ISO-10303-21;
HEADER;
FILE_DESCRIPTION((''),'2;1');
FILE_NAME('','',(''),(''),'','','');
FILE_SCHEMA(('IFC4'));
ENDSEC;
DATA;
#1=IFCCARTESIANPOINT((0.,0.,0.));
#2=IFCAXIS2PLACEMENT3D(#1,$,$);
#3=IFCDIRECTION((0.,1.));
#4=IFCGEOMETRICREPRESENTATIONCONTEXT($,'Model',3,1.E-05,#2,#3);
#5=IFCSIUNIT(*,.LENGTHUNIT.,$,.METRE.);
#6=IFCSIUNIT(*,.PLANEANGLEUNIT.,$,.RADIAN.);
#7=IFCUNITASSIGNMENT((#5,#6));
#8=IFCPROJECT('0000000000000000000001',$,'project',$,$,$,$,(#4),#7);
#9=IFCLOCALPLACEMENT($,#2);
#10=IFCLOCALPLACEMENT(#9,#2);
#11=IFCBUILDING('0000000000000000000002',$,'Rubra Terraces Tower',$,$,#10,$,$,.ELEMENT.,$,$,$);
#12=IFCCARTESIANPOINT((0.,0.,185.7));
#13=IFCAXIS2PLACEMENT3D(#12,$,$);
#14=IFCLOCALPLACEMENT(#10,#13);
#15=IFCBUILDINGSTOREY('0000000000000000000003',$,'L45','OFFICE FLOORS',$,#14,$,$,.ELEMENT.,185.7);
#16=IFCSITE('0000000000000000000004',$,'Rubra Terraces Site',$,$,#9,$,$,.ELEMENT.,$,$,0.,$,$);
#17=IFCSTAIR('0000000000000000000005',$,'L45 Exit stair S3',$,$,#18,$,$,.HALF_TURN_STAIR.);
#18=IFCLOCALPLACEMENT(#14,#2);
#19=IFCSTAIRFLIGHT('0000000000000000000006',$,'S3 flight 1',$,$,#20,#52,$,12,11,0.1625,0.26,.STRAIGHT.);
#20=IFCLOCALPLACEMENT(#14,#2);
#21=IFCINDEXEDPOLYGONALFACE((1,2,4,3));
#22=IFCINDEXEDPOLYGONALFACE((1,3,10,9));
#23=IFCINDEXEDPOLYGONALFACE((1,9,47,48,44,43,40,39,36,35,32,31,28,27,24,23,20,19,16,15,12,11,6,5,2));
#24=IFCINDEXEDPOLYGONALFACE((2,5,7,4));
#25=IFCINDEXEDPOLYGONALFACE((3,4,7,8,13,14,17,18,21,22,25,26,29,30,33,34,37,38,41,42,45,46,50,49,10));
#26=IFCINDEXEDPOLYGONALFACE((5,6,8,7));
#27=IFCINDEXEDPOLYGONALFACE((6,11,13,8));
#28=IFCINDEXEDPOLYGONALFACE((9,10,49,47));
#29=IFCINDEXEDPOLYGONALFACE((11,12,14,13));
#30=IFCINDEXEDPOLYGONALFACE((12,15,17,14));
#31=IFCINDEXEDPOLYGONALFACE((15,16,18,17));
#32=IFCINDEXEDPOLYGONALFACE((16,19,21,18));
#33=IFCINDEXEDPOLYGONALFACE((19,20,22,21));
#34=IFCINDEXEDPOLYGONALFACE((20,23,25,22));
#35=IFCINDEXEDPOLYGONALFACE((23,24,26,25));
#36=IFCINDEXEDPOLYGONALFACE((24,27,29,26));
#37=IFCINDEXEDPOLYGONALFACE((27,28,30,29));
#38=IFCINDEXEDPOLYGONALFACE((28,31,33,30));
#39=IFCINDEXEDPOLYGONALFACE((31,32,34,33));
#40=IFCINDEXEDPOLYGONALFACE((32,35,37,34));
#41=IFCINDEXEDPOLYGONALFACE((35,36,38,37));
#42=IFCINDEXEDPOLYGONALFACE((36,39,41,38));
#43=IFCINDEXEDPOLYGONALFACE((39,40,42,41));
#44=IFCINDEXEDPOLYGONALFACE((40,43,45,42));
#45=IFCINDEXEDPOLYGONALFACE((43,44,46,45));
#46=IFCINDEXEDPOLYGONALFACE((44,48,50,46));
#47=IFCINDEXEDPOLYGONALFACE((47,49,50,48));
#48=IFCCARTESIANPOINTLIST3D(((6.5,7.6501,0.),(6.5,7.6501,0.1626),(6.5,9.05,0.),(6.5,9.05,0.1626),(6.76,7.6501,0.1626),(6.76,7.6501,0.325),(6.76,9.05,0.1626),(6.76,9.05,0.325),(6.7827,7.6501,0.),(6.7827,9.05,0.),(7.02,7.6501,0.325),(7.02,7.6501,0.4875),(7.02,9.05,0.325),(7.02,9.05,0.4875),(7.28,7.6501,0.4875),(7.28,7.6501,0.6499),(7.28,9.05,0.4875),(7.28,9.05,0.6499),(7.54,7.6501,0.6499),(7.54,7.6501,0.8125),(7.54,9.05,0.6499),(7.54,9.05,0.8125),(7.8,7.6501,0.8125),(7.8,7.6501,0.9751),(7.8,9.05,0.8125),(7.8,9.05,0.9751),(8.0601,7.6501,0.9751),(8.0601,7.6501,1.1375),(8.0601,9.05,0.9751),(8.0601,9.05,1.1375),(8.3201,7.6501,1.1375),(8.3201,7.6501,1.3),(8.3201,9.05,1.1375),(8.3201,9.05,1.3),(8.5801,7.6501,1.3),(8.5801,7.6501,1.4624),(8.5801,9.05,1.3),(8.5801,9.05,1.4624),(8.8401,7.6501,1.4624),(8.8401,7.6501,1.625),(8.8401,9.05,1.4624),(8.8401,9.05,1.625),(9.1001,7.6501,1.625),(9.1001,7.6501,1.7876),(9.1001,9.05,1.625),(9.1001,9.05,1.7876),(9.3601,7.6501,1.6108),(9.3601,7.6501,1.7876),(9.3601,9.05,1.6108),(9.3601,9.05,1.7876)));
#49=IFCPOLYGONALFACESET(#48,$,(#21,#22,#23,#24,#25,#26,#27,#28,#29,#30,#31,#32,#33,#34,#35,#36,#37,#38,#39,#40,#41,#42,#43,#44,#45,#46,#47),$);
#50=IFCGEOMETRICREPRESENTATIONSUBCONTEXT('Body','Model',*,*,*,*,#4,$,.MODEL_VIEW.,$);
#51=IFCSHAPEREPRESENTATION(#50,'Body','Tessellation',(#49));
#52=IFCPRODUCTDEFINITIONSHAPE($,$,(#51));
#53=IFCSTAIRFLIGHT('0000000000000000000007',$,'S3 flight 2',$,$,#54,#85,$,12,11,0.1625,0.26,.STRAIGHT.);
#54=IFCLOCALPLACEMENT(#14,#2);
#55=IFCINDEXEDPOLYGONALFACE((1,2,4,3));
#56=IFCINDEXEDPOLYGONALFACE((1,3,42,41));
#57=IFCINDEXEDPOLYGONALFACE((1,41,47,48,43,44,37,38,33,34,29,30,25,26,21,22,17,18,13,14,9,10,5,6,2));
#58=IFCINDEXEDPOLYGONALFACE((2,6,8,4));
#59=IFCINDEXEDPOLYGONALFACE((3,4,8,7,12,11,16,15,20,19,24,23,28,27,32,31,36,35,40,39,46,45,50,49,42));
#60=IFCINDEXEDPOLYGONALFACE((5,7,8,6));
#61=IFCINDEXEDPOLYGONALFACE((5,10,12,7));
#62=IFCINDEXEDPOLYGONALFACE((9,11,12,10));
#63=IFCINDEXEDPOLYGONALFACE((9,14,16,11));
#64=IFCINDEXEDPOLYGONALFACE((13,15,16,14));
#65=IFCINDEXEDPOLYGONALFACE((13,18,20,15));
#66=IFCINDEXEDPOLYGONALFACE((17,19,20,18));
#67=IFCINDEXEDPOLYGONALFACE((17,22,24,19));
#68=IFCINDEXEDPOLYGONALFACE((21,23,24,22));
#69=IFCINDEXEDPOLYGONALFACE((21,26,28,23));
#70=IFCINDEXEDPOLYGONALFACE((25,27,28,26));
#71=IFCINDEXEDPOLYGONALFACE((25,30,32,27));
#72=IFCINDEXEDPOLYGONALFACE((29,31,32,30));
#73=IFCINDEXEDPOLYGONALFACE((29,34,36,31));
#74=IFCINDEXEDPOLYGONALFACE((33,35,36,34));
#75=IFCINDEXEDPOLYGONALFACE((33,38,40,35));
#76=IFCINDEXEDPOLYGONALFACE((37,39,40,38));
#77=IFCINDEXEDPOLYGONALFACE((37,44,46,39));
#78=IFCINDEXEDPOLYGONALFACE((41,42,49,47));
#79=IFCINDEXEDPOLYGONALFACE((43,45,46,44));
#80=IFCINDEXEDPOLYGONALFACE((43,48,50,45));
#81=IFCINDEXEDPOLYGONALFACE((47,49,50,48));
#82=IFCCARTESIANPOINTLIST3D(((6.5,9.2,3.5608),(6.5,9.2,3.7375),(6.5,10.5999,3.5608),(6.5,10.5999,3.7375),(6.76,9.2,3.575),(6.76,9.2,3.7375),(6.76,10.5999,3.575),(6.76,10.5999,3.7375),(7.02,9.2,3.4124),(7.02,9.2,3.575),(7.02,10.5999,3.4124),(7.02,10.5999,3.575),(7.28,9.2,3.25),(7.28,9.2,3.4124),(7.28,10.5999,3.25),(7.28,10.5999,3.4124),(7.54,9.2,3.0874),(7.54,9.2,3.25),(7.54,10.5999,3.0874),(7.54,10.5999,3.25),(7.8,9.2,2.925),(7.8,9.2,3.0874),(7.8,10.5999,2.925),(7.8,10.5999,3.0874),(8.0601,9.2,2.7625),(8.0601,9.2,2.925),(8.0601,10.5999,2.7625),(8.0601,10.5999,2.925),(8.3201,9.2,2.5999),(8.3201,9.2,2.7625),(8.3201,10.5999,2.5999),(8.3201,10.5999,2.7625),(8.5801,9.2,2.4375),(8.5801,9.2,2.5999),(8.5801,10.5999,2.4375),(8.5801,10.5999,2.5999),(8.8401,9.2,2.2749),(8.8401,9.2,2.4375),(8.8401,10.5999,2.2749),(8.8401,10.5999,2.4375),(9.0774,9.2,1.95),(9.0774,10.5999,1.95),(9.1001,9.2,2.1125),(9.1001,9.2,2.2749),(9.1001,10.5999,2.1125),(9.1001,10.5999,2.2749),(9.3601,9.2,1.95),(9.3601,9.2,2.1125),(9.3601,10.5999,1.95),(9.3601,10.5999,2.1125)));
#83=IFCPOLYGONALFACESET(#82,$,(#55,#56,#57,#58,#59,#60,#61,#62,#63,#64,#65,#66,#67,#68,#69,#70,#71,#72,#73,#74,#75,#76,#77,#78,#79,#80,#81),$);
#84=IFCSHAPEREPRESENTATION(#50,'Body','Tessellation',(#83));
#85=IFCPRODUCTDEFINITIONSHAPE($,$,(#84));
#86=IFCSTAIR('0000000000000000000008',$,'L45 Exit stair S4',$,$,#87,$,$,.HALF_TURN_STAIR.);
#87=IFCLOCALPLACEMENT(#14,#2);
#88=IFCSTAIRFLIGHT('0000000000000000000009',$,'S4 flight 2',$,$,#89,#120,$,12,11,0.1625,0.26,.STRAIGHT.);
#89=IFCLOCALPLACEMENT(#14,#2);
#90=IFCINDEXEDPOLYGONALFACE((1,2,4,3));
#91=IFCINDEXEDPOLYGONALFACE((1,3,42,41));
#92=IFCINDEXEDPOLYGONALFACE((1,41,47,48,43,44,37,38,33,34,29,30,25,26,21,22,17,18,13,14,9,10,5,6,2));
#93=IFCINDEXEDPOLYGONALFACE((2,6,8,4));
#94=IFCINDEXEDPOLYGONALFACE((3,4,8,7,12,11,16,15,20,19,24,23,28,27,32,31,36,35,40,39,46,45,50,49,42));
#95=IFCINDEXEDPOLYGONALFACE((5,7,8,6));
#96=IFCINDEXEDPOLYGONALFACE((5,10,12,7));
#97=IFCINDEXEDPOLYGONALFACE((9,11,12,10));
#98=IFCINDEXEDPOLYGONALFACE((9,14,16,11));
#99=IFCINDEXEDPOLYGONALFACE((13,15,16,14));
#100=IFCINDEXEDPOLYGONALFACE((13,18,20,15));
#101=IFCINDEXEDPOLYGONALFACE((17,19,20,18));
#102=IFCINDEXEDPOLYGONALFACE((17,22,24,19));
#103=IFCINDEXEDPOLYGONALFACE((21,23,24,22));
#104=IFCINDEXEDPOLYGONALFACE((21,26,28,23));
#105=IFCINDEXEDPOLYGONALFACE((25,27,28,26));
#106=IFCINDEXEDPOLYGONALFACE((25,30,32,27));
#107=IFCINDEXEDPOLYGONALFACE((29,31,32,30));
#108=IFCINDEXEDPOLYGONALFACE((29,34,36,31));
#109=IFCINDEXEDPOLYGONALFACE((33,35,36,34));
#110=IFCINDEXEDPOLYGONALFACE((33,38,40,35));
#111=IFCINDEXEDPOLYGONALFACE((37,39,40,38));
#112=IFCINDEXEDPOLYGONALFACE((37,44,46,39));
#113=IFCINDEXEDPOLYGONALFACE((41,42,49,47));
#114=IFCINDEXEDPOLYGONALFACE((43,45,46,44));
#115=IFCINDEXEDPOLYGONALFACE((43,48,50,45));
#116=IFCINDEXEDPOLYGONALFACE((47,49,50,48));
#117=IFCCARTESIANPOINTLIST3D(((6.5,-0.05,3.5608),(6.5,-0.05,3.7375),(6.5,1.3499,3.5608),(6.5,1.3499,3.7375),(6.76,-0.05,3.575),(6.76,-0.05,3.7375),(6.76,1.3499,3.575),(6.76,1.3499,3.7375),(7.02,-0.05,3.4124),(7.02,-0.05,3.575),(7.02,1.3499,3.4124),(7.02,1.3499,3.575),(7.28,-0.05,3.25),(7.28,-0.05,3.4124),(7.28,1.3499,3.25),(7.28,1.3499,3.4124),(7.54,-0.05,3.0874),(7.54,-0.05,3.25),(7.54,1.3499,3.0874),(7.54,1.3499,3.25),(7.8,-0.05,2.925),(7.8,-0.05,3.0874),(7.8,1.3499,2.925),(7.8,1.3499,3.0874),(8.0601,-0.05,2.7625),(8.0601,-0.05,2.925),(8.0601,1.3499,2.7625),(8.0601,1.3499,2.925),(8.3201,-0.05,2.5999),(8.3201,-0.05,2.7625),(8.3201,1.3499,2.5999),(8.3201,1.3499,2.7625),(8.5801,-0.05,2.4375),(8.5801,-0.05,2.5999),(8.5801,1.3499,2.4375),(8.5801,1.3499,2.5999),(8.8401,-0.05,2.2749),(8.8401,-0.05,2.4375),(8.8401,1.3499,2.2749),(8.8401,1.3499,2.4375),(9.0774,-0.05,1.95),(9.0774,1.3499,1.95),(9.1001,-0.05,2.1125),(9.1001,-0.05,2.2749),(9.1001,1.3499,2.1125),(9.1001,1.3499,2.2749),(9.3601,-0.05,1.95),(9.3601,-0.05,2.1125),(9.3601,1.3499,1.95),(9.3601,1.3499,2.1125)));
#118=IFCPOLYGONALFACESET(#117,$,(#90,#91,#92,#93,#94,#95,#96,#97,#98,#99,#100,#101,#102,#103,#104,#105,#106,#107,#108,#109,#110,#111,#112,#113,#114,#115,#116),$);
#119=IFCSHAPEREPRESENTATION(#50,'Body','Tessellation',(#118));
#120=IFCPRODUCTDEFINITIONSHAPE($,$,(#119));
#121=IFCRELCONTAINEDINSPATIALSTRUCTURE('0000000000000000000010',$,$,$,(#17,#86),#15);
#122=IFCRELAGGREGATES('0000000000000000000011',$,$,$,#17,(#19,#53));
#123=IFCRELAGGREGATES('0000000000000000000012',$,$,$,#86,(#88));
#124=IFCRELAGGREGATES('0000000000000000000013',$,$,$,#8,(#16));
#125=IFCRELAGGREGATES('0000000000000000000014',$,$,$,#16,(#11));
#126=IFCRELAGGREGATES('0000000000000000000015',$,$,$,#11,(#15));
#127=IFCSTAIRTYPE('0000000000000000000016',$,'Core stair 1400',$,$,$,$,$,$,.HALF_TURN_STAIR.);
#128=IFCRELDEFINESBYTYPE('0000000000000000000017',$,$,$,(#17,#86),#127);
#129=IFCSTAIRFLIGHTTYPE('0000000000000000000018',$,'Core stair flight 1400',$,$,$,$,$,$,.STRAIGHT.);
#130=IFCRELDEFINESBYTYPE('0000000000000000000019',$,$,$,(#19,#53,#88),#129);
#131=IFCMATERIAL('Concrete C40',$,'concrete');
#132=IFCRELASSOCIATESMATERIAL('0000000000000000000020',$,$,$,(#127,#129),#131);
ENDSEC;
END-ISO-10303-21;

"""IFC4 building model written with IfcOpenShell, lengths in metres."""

from ifc_helpers import new_model, si_unit, direction, frame, origin, place, context, subcontext, project, spatial, polyline, outline, extrude, material, type_object, element, aggregate, save


model = new_model("IFC4")

# Units and contexts
model_context = context("Model", 3, precision=1e-05, world=origin(), true_north=direction((0.0, 1.0)))
body_context = subcontext(model_context, "Body", "Model", "MODEL_VIEW")
ifc_project = project(units=[si_unit("LENGTHUNIT", "METRE"), si_unit("PLANEANGLEUNIT", "RADIAN")], contexts=[model_context])

# Site, building, storey
site_placement = place(None, origin())
site = spatial("IfcSite", under=ifc_project, at=site_placement, Name="Rubra Terraces Site", CompositionType="ELEMENT", RefElevation=0.0)
building_placement = place(site_placement, origin())
building = spatial("IfcBuilding", under=site, at=building_placement, Name="Rubra Terraces Tower", CompositionType="ELEMENT")
storey_placement = place(building_placement, frame((0.0, 0.0, 185.7)))
storey = spatial("IfcBuildingStorey", under=building, at=storey_placement, Name="L45", Description="OFFICE FLOORS", CompositionType="ELEMENT", Elevation=185.7)

# Shared definitions
ifc_material_1 = material(Name="Concrete C40", Category="concrete")

# Stair, stair flights
stair_type = type_object("IfcStairType", Name="Core stair 1400", PredefinedType="HALF_TURN_STAIR", material=ifc_material_1)
stair_1_placement = place(storey_placement, origin())
stair_1 = element("IfcStair", 1, at=stair_1_placement, inside=storey, type_object=stair_type, Name="L45 Exit stair S3", PredefinedType="HALF_TURN_STAIR")
stair_flight_type = type_object("IfcStairFlightType", Name="Core stair flight 1400", PredefinedType="STRAIGHT", material=ifc_material_1)
stair_flight_1_placement = place(storey_placement, frame((6.5, 8.3501, 0.0), z_axis=(0.0, 0.0, 1.0), x_axis=(1.0, 0.0, 0.0)))
stair_flight_1 = element("IfcStairFlight", 2, at=stair_flight_1_placement, type_object=stair_flight_type, Name="S3 flight 1", NumberOfRisers=12, NumberOfTreads=11, PredefinedType="STRAIGHT", RiserHeight=0.1625, TreadLength=0.26, context=body_context, shape_type="SweptSolid", body=[
    extrude(outline(polyline([(0.0, 0.0), (0.0, 0.1626), (0.26, 0.1626), (0.26, 0.325), (0.52, 0.325), (0.52, 0.4875), (0.78, 0.4875), (0.78, 0.6499), (1.04, 0.6499), (1.04, 0.8125), (1.3, 0.8125), (1.3, 0.9751), (1.5601, 0.9751), (1.5601, 1.1375), (1.8201, 1.1375), (1.8201, 1.3), (2.0801, 1.3), (2.0801, 1.4624), (2.3401, 1.4624), (2.3401, 1.625), (2.6001, 1.625), (2.6001, 1.7876), (2.8601, 1.7876), (2.8601, 1.95), (2.8601, 1.6108), (0.2827, 0.0), (0.0, 0.0)])), frame((0.0, 0.7, 0.0), z_axis=(0.0, -1.0, 0.0), x_axis=(1.0, 0.0, 0.0)), (0.0, 0.0, 1.0), 1.3999),
])
stair_flight_2_placement = place(storey_placement, frame((9.3601, 9.8999, 1.95), z_axis=(0.0, 0.0, 1.0), x_axis=(-1.0, 0.0, 0.0)))
stair_flight_2 = element("IfcStairFlight", 3, at=stair_flight_2_placement, type_object=stair_flight_type, Name="S3 flight 2", NumberOfRisers=12, NumberOfTreads=11, PredefinedType="STRAIGHT", RiserHeight=0.1625, TreadLength=0.26, context=body_context, shape_type="SweptSolid", body=[
    extrude(outline(polyline([(0.0, 0.0), (0.0, 0.1626), (0.26, 0.1626), (0.26, 0.325), (0.52, 0.325), (0.52, 0.4875), (0.78, 0.4875), (0.78, 0.6499), (1.04, 0.6499), (1.04, 0.8125), (1.3, 0.8125), (1.3, 0.9751), (1.5601, 0.9751), (1.5601, 1.1375), (1.8201, 1.1375), (1.8201, 1.3), (2.0801, 1.3), (2.0801, 1.4624), (2.3401, 1.4624), (2.3401, 1.625), (2.6001, 1.625), (2.6001, 1.7876), (2.8601, 1.7876), (2.8601, 1.95), (2.8601, 1.6108), (0.2827, 0.0), (0.0, 0.0)])), frame((0.0, 0.7, 0.0), z_axis=(0.0, -1.0, 0.0), x_axis=(1.0, 0.0, 0.0)), (0.0, 0.0, 1.0), 1.3999),
])
aggregate(stair_1, [stair_flight_1, stair_flight_2])

# Stair, stair flight
stair_2_placement = place(storey_placement, origin())
stair_2 = element("IfcStair", 4, at=stair_2_placement, inside=storey, type_object=stair_type, Name="L45 Exit stair S4", PredefinedType="HALF_TURN_STAIR")
stair_flight_3_placement = place(storey_placement, frame((9.3601, 0.6499, 1.95), z_axis=(0.0, 0.0, 1.0), x_axis=(-1.0, 0.0, 0.0)))
stair_flight_3 = element("IfcStairFlight", 5, at=stair_flight_3_placement, type_object=stair_flight_type, Name="S4 flight 2", NumberOfRisers=12, NumberOfTreads=11, PredefinedType="STRAIGHT", RiserHeight=0.1625, TreadLength=0.26, context=body_context, shape_type="SweptSolid", body=[
    extrude(outline(polyline([(0.0, 0.0), (0.0, 0.1626), (0.26, 0.1626), (0.26, 0.325), (0.52, 0.325), (0.52, 0.4875), (0.78, 0.4875), (0.78, 0.6499), (1.04, 0.6499), (1.04, 0.8125), (1.3, 0.8125), (1.3, 0.9751), (1.5601, 0.9751), (1.5601, 1.1375), (1.8201, 1.1375), (1.8201, 1.3), (2.0801, 1.3), (2.0801, 1.4624), (2.3401, 1.4624), (2.3401, 1.625), (2.6001, 1.625), (2.6001, 1.7876), (2.8601, 1.7876), (2.8601, 1.95), (2.8601, 1.6108), (0.2827, 0.0), (0.0, 0.0)])), frame((0.0, 0.7, 0.0), z_axis=(0.0, -1.0, 0.0), x_axis=(1.0, 0.0, 0.0)), (0.0, 0.0, 1.0), 1.3999),
])
aggregate(stair_2, [stair_flight_3])

save(model, "model.ifc")
